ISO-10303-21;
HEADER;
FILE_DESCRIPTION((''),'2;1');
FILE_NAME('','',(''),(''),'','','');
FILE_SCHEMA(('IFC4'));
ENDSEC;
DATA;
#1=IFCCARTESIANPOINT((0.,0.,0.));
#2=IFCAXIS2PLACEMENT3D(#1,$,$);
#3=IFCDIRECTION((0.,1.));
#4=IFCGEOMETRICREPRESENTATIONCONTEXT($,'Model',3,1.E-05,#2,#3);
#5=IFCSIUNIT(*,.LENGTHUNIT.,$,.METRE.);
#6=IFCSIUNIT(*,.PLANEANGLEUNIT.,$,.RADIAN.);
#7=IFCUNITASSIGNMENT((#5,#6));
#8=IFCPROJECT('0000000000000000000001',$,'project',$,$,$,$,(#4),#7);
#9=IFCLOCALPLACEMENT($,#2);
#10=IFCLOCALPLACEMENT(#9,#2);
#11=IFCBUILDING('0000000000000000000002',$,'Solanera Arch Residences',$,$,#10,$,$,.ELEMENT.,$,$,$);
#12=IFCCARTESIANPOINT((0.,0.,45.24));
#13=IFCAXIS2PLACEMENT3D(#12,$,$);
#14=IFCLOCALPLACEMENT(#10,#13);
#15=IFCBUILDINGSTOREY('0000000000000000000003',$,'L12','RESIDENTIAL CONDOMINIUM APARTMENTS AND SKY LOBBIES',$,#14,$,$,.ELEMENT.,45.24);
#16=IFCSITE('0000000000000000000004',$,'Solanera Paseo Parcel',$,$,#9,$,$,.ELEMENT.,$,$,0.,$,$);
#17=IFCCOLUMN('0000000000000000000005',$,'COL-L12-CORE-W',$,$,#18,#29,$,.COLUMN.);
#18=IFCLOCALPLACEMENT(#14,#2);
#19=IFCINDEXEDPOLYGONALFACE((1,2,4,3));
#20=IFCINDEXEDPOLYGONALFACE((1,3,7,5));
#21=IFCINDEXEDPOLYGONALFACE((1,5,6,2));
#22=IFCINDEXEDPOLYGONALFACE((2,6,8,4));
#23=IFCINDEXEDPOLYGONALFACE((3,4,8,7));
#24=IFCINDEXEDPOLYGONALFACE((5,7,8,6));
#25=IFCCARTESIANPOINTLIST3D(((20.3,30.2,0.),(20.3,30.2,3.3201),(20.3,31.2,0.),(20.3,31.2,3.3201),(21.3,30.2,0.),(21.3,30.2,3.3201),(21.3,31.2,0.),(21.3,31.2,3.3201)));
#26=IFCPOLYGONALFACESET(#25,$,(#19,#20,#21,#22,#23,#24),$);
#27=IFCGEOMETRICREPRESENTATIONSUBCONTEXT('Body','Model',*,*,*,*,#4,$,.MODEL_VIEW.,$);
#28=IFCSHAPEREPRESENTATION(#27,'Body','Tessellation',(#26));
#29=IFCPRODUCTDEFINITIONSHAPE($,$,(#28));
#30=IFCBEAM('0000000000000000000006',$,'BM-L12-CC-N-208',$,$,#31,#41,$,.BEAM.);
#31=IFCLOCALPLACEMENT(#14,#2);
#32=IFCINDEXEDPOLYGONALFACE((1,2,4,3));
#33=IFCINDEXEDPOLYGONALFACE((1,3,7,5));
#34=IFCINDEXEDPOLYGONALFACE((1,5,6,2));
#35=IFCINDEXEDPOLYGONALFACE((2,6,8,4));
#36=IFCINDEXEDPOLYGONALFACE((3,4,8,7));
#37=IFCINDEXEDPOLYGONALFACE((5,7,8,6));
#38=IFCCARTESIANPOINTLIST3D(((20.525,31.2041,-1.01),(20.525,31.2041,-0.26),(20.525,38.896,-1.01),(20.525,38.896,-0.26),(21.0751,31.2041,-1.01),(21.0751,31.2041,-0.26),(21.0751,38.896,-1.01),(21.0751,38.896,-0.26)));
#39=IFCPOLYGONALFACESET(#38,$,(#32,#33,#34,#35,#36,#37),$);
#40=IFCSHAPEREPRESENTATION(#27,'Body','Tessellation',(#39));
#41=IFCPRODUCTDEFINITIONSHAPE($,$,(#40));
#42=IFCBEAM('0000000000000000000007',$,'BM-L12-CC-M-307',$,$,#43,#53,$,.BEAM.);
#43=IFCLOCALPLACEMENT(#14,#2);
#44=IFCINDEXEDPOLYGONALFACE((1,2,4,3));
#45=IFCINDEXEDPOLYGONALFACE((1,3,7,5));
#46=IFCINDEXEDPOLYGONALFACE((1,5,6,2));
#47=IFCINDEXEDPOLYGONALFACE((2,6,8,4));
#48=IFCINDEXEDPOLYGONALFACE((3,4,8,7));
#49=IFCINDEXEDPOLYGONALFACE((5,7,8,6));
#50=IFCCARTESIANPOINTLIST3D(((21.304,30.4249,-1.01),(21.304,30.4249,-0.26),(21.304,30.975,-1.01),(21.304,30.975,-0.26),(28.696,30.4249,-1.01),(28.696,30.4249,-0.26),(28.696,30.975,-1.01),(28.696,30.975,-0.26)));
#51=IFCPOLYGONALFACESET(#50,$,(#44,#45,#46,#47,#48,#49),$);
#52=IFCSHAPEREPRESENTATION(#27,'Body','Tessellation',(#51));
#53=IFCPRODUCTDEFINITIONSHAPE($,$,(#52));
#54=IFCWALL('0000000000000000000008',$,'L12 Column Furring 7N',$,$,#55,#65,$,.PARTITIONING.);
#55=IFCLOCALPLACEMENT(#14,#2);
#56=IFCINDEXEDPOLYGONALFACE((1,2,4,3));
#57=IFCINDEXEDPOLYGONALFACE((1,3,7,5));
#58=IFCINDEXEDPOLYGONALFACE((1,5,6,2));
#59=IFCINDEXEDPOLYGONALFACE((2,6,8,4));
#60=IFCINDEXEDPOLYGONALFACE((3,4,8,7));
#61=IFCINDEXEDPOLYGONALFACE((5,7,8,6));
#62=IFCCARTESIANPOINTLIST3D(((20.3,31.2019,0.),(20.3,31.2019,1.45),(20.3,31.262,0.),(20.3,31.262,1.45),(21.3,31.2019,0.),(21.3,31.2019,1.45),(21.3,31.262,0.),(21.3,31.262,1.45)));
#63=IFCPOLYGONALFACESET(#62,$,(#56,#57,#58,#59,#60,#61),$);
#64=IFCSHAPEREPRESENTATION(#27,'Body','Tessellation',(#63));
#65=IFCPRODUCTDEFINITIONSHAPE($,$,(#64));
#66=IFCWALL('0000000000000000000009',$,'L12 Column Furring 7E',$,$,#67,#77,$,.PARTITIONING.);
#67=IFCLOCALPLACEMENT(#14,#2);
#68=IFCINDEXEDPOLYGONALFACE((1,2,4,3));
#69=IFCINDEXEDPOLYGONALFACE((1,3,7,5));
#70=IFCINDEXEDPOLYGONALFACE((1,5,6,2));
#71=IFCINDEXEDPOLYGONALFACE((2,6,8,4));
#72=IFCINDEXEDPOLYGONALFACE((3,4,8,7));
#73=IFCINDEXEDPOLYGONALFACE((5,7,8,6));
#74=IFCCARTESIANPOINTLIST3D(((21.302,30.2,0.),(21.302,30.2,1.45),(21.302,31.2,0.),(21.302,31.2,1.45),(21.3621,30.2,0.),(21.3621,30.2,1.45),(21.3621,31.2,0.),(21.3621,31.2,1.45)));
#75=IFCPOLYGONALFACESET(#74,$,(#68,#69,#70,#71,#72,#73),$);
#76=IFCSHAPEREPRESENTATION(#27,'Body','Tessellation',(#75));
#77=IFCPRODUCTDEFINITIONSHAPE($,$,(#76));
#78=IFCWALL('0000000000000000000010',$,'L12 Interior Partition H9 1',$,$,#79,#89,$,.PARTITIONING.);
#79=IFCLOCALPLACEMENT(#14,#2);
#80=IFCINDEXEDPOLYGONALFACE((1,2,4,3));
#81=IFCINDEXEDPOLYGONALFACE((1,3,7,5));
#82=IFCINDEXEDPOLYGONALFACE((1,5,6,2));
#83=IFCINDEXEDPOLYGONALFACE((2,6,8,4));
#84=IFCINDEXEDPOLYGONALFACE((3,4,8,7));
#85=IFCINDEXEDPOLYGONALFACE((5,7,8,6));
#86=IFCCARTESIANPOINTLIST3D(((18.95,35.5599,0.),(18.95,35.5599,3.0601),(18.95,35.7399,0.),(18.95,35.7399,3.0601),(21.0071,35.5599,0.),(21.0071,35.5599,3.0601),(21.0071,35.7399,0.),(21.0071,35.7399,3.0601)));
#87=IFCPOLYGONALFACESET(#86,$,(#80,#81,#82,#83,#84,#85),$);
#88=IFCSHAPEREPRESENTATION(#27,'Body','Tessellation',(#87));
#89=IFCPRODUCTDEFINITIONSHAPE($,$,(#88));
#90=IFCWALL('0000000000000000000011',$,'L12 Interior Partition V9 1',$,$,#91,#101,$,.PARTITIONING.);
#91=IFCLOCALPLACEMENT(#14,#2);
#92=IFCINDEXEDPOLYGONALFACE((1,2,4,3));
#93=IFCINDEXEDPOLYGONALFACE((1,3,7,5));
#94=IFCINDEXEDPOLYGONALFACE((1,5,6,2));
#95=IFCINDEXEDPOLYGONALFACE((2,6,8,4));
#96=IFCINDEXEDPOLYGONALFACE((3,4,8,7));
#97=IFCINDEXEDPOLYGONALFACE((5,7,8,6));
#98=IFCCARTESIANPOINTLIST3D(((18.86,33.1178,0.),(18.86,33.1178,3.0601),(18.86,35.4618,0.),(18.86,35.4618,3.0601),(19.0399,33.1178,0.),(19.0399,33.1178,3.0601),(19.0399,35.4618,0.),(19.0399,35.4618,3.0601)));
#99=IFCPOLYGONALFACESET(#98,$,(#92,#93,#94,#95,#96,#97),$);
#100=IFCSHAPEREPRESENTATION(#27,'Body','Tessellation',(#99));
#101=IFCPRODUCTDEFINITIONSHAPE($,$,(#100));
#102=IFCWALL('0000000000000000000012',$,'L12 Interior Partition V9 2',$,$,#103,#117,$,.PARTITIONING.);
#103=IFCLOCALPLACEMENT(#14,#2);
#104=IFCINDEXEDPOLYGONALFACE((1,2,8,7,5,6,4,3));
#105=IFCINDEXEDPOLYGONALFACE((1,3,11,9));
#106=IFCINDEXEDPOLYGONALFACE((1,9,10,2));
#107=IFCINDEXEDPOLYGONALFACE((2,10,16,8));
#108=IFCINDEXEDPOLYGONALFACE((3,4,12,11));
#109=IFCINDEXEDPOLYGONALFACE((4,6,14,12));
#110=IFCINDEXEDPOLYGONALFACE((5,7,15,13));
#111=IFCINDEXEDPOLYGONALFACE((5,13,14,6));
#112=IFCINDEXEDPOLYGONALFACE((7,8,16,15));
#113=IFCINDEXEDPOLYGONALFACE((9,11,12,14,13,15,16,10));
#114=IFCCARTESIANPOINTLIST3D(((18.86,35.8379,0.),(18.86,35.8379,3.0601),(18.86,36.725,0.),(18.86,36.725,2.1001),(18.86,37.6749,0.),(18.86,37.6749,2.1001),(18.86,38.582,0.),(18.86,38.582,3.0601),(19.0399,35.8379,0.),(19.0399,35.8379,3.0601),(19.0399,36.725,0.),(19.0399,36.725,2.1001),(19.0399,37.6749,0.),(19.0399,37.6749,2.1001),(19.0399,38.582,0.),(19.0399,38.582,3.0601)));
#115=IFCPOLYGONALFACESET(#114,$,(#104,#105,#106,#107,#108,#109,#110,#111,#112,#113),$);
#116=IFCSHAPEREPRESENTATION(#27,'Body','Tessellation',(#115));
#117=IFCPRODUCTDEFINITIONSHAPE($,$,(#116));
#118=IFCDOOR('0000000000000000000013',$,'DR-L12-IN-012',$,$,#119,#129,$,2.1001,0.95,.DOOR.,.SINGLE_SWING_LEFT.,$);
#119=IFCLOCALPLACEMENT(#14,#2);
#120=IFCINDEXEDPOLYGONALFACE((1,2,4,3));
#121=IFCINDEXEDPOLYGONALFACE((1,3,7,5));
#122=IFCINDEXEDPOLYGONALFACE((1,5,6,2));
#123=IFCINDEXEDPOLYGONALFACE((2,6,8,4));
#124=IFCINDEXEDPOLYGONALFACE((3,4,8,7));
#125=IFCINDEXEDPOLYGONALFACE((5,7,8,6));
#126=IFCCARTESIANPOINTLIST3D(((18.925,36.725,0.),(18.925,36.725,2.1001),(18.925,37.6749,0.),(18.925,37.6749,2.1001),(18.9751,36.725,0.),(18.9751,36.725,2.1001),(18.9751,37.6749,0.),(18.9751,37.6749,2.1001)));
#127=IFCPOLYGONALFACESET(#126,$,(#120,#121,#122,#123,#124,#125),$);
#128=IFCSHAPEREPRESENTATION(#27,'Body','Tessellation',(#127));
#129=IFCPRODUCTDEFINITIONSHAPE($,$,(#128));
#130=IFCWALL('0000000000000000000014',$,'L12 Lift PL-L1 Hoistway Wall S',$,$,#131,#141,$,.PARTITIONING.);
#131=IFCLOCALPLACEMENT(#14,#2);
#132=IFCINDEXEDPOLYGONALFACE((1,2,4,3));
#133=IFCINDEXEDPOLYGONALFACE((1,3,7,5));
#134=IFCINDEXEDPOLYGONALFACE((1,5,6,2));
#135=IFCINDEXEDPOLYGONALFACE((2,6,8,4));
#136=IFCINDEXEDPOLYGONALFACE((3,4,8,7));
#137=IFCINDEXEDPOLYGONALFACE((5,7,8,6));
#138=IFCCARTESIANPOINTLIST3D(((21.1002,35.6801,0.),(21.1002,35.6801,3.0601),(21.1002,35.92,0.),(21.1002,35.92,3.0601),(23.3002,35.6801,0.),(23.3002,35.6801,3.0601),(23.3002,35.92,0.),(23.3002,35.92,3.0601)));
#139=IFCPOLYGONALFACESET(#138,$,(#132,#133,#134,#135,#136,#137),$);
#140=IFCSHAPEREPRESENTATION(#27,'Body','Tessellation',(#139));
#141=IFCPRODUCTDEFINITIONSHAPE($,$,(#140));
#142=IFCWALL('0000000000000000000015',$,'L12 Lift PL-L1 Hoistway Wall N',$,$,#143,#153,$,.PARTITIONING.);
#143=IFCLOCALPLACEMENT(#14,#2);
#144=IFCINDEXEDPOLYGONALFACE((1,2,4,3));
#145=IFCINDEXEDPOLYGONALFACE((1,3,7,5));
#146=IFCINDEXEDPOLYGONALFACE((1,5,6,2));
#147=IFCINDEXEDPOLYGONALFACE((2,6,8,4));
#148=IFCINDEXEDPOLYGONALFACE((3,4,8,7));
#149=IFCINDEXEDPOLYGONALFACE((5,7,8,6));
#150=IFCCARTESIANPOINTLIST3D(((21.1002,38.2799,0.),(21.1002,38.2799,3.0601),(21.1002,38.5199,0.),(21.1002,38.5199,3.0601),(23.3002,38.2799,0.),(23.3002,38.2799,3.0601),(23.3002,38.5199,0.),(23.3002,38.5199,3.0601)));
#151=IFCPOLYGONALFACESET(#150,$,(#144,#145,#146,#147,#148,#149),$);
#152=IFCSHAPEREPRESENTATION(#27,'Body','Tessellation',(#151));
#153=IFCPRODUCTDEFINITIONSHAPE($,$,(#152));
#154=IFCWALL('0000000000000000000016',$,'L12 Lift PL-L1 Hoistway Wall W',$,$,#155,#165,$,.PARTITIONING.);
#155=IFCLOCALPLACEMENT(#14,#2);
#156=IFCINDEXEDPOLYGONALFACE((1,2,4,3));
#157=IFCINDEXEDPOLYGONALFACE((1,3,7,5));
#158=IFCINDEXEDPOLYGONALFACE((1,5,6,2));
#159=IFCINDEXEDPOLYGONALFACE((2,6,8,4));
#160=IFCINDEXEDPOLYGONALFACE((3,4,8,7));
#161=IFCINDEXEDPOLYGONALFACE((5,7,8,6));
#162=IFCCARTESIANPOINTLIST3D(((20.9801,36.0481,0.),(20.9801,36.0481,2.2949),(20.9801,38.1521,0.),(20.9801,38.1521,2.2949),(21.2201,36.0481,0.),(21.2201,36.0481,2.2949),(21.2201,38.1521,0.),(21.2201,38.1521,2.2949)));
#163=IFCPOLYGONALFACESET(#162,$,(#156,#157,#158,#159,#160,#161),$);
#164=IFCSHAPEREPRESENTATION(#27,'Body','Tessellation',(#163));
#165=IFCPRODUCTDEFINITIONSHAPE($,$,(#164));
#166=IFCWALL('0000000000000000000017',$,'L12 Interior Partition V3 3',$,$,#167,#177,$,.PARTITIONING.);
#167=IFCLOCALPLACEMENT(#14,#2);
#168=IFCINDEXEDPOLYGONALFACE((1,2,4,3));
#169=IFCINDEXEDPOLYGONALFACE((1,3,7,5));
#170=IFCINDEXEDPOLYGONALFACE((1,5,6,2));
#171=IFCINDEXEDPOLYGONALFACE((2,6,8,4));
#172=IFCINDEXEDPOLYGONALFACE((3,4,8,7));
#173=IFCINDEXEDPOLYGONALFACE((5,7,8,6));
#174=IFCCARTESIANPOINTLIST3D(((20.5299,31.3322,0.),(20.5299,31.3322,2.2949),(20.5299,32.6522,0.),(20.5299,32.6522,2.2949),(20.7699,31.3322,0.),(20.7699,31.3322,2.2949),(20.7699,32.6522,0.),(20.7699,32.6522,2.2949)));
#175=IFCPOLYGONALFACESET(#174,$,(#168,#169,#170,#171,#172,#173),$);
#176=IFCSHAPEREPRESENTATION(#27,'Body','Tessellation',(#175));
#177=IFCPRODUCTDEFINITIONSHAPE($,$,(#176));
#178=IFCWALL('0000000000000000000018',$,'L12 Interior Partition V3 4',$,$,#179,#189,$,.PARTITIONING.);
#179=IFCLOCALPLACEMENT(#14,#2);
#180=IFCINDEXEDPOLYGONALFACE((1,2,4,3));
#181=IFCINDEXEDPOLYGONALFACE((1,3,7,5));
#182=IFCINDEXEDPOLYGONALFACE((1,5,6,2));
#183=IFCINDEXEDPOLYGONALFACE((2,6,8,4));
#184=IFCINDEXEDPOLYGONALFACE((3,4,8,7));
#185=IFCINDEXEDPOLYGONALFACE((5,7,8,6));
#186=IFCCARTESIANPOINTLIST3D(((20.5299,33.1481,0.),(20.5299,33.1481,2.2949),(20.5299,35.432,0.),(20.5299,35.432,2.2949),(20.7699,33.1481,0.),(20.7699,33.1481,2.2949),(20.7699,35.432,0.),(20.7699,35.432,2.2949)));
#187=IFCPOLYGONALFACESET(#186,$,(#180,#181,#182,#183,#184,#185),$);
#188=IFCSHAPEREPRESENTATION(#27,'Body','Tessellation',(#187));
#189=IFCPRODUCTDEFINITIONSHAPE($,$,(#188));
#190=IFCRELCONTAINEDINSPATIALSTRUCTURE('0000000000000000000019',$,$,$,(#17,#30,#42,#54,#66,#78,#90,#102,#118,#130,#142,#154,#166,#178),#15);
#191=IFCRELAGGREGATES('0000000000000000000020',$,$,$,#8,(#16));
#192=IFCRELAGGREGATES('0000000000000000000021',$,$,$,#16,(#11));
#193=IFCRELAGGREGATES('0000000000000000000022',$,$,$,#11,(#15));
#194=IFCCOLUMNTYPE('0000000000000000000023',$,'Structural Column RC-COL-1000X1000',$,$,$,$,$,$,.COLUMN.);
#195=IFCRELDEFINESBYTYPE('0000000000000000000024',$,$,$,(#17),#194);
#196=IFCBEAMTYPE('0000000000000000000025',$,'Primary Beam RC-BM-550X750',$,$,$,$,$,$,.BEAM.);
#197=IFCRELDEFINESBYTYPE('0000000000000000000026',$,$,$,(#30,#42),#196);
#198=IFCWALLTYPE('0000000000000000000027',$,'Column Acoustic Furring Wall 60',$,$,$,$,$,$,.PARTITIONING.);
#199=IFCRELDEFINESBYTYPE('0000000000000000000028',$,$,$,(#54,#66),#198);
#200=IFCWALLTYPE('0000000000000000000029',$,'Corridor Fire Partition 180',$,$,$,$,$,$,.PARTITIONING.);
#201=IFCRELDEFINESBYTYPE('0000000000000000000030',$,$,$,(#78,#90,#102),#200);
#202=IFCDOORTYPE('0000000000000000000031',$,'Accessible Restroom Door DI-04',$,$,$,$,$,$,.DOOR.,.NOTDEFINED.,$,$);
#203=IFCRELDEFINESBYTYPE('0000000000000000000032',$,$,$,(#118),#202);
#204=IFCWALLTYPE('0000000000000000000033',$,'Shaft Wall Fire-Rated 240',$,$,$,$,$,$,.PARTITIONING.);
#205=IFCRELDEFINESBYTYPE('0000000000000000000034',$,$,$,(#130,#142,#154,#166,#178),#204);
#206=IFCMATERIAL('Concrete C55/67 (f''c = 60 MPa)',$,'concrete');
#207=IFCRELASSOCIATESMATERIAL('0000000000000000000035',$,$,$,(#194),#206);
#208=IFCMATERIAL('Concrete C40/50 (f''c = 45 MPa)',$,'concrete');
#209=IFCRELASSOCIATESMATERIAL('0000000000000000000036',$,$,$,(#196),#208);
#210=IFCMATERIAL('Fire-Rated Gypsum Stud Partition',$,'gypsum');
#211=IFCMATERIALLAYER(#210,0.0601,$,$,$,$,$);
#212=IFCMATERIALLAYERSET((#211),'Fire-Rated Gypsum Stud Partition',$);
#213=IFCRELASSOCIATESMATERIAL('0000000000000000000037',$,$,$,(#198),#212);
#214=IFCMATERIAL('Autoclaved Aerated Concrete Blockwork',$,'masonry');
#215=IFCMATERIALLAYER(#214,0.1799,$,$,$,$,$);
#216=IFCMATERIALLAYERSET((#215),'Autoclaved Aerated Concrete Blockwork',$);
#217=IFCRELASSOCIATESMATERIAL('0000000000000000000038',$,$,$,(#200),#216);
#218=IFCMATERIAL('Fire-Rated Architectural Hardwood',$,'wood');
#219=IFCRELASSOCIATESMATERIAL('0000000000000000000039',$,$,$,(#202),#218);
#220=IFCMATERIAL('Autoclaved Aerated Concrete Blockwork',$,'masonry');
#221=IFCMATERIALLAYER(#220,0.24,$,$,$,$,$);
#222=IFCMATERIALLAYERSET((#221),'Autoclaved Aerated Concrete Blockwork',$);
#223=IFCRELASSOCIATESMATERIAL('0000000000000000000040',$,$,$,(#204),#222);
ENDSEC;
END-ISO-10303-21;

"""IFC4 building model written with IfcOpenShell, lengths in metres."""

from ifc_helpers import new_model, si_unit, direction, frame, frame_2d, origin, origin_2d, place, context, subcontext, project, spatial, rectangle, extrude, material, layer, layer_set, material_profile, profile_set, type_object, element, fill, save


model = new_model("IFC4")

# Units and contexts
model_context = context("Model", 3, precision=1e-05, world=origin(), true_north=direction((0.0, 1.0)))
body_context = subcontext(model_context, "Body", "Model", "MODEL_VIEW")
ifc_project = project(units=[si_unit("LENGTHUNIT", "METRE"), si_unit("PLANEANGLEUNIT", "RADIAN")], contexts=[model_context])

# Site, building, storey
site_placement = place(None, origin())
site = spatial("IfcSite", under=ifc_project, at=site_placement, Name="Solanera Paseo Parcel", CompositionType="ELEMENT", RefElevation=0.0)
building_placement = place(site_placement, origin())
building = spatial("IfcBuilding", under=site, at=building_placement, Name="Solanera Arch Residences", CompositionType="ELEMENT")
storey_placement = place(building_placement, frame((0.0, 0.0, 45.24)))
storey = spatial("IfcBuildingStorey", under=building, at=storey_placement, Name="L12", Description="RESIDENTIAL CONDOMINIUM APARTMENTS AND SKY LOBBIES", CompositionType="ELEMENT", Elevation=45.24)

# Column
ifc_material_1 = material(Name="Concrete C55/67 (f'c = 60 MPa)", Category="concrete")
ifc_material_profile_1 = material_profile(ifc_material_1, rectangle(XDim=1.0, YDim=1.0, at=origin_2d()))
ifc_profile_set_1 = profile_set([ifc_material_profile_1], Name="Concrete C55/67 (f'c = 60 MPa)")
column_type = type_object("IfcColumnType", Name="Structural Column RC-COL-1000X1000", PredefinedType="COLUMN", material=ifc_profile_set_1)
column_placement = place(storey_placement, frame((20.8, 30.7, 0.0), z_axis=(0.0, 0.0, 1.0), x_axis=(1.0, 0.0, 0.0)))
element("IfcColumn", 1, at=column_placement, inside=storey, type_object=column_type, Name="COL-L12-CORE-W", PredefinedType="COLUMN", context=body_context, shape_type="SweptSolid", body=[
    extrude(rectangle(XDim=1.0, YDim=1.0, at=origin_2d()), origin(), (0.0, 0.0, 1.0), 3.3201),
])

# Beams
ifc_material_2 = material(Name="Concrete C40/50 (f'c = 45 MPa)", Category="concrete")
ifc_material_profile_2 = material_profile(ifc_material_2, rectangle(XDim=0.55, YDim=0.75, at=origin_2d()))
ifc_profile_set_2 = profile_set([ifc_material_profile_2], Name="Concrete C40/50 (f'c = 45 MPa)")
beam_type = type_object("IfcBeamType", Name="Primary Beam RC-BM-550X750", PredefinedType="BEAM", material=ifc_profile_set_2)
beam_1_placement = place(storey_placement, frame((20.8, 31.2041, -0.635), z_axis=(0.0, 1.0, 0.0), x_axis=(-1.0, 0.0, 0.0)))
element("IfcBeam", 2, at=beam_1_placement, inside=storey, type_object=beam_type, Name="BM-L12-CC-N-208", PredefinedType="BEAM", context=body_context, shape_type="SweptSolid", body=[
    extrude(rectangle(XDim=0.55, YDim=0.75, at=origin_2d()), origin(), (0.0, 0.0, 1.0), 7.6919),
])
beam_2_placement = place(storey_placement, frame((21.304, 30.7, -0.635), z_axis=(1.0, 0.0, 0.0), x_axis=(0.0, 1.0, 0.0)))
element("IfcBeam", 3, at=beam_2_placement, inside=storey, type_object=beam_type, Name="BM-L12-CC-M-307", PredefinedType="BEAM", context=body_context, shape_type="SweptSolid", body=[
    extrude(rectangle(XDim=0.55, YDim=0.75, at=origin_2d()), origin(), (0.0, 0.0, 1.0), 7.3921),
])

# Walls
ifc_material_3 = material(Name="Fire-Rated Gypsum Stud Partition", Category="gypsum")
ifc_layer_1 = layer(ifc_material_3, 0.0601)
ifc_layer_set_1 = layer_set([ifc_layer_1], Name="Fire-Rated Gypsum Stud Partition")
wall_type_1 = type_object("IfcWallType", Name="Column Acoustic Furring Wall 60", PredefinedType="PARTITIONING", material=ifc_layer_set_1)
for number, where, z_axis, x_axis, name in (
    (4, (20.3, 31.2319, 0.0), (0.0, 0.0, 1.0), (1.0, 0.0, 0.0), "L12 Column Furring 7N"),
    (5, (21.332, 30.2, 0.0), (0.0, 0.0, 1.0), (0.0, 1.0, 0.0), "L12 Column Furring 7E"),
):
    element("IfcWall", number, at=place(storey_placement, frame(where, z_axis=z_axis, x_axis=x_axis)), inside=storey, type_object=wall_type_1, Name=name, PredefinedType="PARTITIONING", context=body_context, shape_type="SweptSolid", body=[
        extrude(rectangle(XDim=1.0, YDim=0.0601, at=frame_2d((0.5, 0.0))), origin(), (0.0, 0.0, 1.0), 1.45),
    ])

# Walls
ifc_material_4 = material(Name="Autoclaved Aerated Concrete Blockwork", Category="masonry")
ifc_layer_2 = layer(ifc_material_4, 0.1799)
ifc_layer_set_2 = layer_set([ifc_layer_2], Name="Autoclaved Aerated Concrete Blockwork")
wall_type_2 = type_object("IfcWallType", Name="Corridor Fire Partition 180", PredefinedType="PARTITIONING", material=ifc_layer_set_2)
wall_1_placement = place(storey_placement, frame((18.95, 35.6499, 0.0), z_axis=(0.0, 0.0, 1.0), x_axis=(1.0, 0.0, 0.0)))
element("IfcWall", 6, at=wall_1_placement, inside=storey, type_object=wall_type_2, Name="L12 Interior Partition H9 1", PredefinedType="PARTITIONING", context=body_context, shape_type="SweptSolid", body=[
    extrude(rectangle(XDim=2.0571, YDim=0.1799, at=frame_2d((1.0286, 0.0))), origin(), (0.0, 0.0, 1.0), 3.0601),
])
wall_2_placement = place(storey_placement, frame((18.95, 33.1179, 0.0), z_axis=(0.0, 0.0, 1.0), x_axis=(0.0, 1.0, 0.0)))
element("IfcWall", 7, at=wall_2_placement, inside=storey, type_object=wall_type_2, Name="L12 Interior Partition V9 1", PredefinedType="PARTITIONING", context=body_context, shape_type="SweptSolid", body=[
    extrude(rectangle(XDim=2.344, YDim=0.1799, at=frame_2d((1.1719, 0.0))), origin(), (0.0, 0.0, 1.0), 3.0601),
])

# Wall, opening, door
wall_3_placement = place(storey_placement, frame((18.95, 35.8379, 0.0), z_axis=(0.0, 0.0, 1.0), x_axis=(0.0, 1.0, 0.0)))
wall_3 = element("IfcWall", 8, at=wall_3_placement, inside=storey, type_object=wall_type_2, Name="L12 Interior Partition V9 2", PredefinedType="PARTITIONING", context=body_context, shape_type="SweptSolid", body=[
    extrude(rectangle(XDim=2.7441, YDim=0.1799, at=frame_2d((1.3721, 0.0))), origin(), (0.0, 0.0, 1.0), 3.0601),
])
opening_1_placement = place(wall_3_placement, frame((0.887, 0.0, 0.0)))
opening_1 = element("IfcOpeningElement", 9, at=opening_1_placement, cuts=wall_3, PredefinedType="OPENING", context=body_context, shape_type="SweptSolid", body=[
    extrude(rectangle(XDim=0.95, YDim=2.1001, at=frame_2d((0.4751, 1.05))), frame((0.0, 0.1001, 0.0), z_axis=(0.0, -1.0, 0.0), x_axis=(1.0, 0.0, 0.0)), (0.0, 0.0, 1.0), 0.1999),
])
ifc_material_5 = material(Name="Fire-Rated Architectural Hardwood", Category="wood")
door_type_1 = type_object("IfcDoorType", Name="Accessible Restroom Door DI-04", OperationType="NOTDEFINED", PredefinedType="DOOR", material=ifc_material_5)
door_1_placement = place(opening_1_placement, origin())
door_1 = element("IfcDoor", 10, at=door_1_placement, inside=storey, type_object=door_type_1, Name="DR-L12-IN-012", OperationType="SINGLE_SWING_LEFT", OverallHeight=2.1001, OverallWidth=0.95, PredefinedType="DOOR", context=body_context, shape_type="SweptSolid", body=[
    extrude(rectangle(XDim=0.95, YDim=2.1001, at=frame_2d((0.4751, 1.05))), frame((0.0, 0.0249, 0.0), z_axis=(0.0, -1.0, 0.0), x_axis=(1.0, 0.0, 0.0)), (0.0, 0.0, 1.0), 0.05),
])
fill(opening_1, door_1)

# Walls
ifc_material_6 = material(Name="Autoclaved Aerated Concrete Blockwork", Category="masonry")
ifc_layer_3 = layer(ifc_material_6, 0.24)
ifc_layer_set_3 = layer_set([ifc_layer_3], Name="Autoclaved Aerated Concrete Blockwork")
wall_type_3 = type_object("IfcWallType", Name="Shaft Wall Fire-Rated 240", PredefinedType="PARTITIONING", material=ifc_layer_set_3)
for number, where, z_axis, x_axis, name in (
    (11, (21.1001, 35.8, 0.0), (0.0, 0.0, 1.0), (1.0, 0.0, 0.0), "L12 Lift PL-L1 Hoistway Wall S"),
    (12, (21.1001, 38.3999, 0.0), (0.0, 0.0, 1.0), (1.0, 0.0, 0.0), "L12 Lift PL-L1 Hoistway Wall N"),
):
    element("IfcWall", number, at=place(storey_placement, frame(where, z_axis=z_axis, x_axis=x_axis)), inside=storey, type_object=wall_type_3, Name=name, PredefinedType="PARTITIONING", context=body_context, shape_type="SweptSolid", body=[
        extrude(rectangle(XDim=2.2, YDim=0.24, at=frame_2d((1.1001, 0.0))), origin(), (0.0, 0.0, 1.0), 3.0601),
    ])
wall_4_placement = place(storey_placement, frame((21.1001, 36.0481, 0.0), z_axis=(0.0, 0.0, 1.0), x_axis=(0.0, 1.0, 0.0)))
element("IfcWall", 13, at=wall_4_placement, inside=storey, type_object=wall_type_3, Name="L12 Lift PL-L1 Hoistway Wall W", PredefinedType="PARTITIONING", context=body_context, shape_type="SweptSolid", body=[
    extrude(rectangle(XDim=2.104, YDim=0.24, at=frame_2d((1.052, 0.0))), origin(), (0.0, 0.0, 1.0), 2.2949),
])

# Walls
wall_5_placement = place(storey_placement, frame((20.6499, 31.332, 0.0), z_axis=(0.0, 0.0, 1.0), x_axis=(0.0, 1.0, 0.0)))
element("IfcWall", 14, at=wall_5_placement, inside=storey, type_object=wall_type_3, Name="L12 Interior Partition V3 3", PredefinedType="PARTITIONING", context=body_context, shape_type="SweptSolid", body=[
    extrude(rectangle(XDim=1.3201, YDim=0.24, at=frame_2d((0.6602, 0.0))), origin(), (0.0, 0.0, 1.0), 2.2949),
])
wall_6_placement = place(storey_placement, frame((20.6499, 33.1479, 0.0), z_axis=(0.0, 0.0, 1.0), x_axis=(0.0, 1.0, 0.0)))
element("IfcWall", 15, at=wall_6_placement, inside=storey, type_object=wall_type_3, Name="L12 Interior Partition V3 4", PredefinedType="PARTITIONING", context=body_context, shape_type="SweptSolid", body=[
    extrude(rectangle(XDim=2.2839, YDim=0.24, at=frame_2d((1.1421, 0.0))), origin(), (0.0, 0.0, 1.0), 2.2949),
])

save(model, "model.ifc")
